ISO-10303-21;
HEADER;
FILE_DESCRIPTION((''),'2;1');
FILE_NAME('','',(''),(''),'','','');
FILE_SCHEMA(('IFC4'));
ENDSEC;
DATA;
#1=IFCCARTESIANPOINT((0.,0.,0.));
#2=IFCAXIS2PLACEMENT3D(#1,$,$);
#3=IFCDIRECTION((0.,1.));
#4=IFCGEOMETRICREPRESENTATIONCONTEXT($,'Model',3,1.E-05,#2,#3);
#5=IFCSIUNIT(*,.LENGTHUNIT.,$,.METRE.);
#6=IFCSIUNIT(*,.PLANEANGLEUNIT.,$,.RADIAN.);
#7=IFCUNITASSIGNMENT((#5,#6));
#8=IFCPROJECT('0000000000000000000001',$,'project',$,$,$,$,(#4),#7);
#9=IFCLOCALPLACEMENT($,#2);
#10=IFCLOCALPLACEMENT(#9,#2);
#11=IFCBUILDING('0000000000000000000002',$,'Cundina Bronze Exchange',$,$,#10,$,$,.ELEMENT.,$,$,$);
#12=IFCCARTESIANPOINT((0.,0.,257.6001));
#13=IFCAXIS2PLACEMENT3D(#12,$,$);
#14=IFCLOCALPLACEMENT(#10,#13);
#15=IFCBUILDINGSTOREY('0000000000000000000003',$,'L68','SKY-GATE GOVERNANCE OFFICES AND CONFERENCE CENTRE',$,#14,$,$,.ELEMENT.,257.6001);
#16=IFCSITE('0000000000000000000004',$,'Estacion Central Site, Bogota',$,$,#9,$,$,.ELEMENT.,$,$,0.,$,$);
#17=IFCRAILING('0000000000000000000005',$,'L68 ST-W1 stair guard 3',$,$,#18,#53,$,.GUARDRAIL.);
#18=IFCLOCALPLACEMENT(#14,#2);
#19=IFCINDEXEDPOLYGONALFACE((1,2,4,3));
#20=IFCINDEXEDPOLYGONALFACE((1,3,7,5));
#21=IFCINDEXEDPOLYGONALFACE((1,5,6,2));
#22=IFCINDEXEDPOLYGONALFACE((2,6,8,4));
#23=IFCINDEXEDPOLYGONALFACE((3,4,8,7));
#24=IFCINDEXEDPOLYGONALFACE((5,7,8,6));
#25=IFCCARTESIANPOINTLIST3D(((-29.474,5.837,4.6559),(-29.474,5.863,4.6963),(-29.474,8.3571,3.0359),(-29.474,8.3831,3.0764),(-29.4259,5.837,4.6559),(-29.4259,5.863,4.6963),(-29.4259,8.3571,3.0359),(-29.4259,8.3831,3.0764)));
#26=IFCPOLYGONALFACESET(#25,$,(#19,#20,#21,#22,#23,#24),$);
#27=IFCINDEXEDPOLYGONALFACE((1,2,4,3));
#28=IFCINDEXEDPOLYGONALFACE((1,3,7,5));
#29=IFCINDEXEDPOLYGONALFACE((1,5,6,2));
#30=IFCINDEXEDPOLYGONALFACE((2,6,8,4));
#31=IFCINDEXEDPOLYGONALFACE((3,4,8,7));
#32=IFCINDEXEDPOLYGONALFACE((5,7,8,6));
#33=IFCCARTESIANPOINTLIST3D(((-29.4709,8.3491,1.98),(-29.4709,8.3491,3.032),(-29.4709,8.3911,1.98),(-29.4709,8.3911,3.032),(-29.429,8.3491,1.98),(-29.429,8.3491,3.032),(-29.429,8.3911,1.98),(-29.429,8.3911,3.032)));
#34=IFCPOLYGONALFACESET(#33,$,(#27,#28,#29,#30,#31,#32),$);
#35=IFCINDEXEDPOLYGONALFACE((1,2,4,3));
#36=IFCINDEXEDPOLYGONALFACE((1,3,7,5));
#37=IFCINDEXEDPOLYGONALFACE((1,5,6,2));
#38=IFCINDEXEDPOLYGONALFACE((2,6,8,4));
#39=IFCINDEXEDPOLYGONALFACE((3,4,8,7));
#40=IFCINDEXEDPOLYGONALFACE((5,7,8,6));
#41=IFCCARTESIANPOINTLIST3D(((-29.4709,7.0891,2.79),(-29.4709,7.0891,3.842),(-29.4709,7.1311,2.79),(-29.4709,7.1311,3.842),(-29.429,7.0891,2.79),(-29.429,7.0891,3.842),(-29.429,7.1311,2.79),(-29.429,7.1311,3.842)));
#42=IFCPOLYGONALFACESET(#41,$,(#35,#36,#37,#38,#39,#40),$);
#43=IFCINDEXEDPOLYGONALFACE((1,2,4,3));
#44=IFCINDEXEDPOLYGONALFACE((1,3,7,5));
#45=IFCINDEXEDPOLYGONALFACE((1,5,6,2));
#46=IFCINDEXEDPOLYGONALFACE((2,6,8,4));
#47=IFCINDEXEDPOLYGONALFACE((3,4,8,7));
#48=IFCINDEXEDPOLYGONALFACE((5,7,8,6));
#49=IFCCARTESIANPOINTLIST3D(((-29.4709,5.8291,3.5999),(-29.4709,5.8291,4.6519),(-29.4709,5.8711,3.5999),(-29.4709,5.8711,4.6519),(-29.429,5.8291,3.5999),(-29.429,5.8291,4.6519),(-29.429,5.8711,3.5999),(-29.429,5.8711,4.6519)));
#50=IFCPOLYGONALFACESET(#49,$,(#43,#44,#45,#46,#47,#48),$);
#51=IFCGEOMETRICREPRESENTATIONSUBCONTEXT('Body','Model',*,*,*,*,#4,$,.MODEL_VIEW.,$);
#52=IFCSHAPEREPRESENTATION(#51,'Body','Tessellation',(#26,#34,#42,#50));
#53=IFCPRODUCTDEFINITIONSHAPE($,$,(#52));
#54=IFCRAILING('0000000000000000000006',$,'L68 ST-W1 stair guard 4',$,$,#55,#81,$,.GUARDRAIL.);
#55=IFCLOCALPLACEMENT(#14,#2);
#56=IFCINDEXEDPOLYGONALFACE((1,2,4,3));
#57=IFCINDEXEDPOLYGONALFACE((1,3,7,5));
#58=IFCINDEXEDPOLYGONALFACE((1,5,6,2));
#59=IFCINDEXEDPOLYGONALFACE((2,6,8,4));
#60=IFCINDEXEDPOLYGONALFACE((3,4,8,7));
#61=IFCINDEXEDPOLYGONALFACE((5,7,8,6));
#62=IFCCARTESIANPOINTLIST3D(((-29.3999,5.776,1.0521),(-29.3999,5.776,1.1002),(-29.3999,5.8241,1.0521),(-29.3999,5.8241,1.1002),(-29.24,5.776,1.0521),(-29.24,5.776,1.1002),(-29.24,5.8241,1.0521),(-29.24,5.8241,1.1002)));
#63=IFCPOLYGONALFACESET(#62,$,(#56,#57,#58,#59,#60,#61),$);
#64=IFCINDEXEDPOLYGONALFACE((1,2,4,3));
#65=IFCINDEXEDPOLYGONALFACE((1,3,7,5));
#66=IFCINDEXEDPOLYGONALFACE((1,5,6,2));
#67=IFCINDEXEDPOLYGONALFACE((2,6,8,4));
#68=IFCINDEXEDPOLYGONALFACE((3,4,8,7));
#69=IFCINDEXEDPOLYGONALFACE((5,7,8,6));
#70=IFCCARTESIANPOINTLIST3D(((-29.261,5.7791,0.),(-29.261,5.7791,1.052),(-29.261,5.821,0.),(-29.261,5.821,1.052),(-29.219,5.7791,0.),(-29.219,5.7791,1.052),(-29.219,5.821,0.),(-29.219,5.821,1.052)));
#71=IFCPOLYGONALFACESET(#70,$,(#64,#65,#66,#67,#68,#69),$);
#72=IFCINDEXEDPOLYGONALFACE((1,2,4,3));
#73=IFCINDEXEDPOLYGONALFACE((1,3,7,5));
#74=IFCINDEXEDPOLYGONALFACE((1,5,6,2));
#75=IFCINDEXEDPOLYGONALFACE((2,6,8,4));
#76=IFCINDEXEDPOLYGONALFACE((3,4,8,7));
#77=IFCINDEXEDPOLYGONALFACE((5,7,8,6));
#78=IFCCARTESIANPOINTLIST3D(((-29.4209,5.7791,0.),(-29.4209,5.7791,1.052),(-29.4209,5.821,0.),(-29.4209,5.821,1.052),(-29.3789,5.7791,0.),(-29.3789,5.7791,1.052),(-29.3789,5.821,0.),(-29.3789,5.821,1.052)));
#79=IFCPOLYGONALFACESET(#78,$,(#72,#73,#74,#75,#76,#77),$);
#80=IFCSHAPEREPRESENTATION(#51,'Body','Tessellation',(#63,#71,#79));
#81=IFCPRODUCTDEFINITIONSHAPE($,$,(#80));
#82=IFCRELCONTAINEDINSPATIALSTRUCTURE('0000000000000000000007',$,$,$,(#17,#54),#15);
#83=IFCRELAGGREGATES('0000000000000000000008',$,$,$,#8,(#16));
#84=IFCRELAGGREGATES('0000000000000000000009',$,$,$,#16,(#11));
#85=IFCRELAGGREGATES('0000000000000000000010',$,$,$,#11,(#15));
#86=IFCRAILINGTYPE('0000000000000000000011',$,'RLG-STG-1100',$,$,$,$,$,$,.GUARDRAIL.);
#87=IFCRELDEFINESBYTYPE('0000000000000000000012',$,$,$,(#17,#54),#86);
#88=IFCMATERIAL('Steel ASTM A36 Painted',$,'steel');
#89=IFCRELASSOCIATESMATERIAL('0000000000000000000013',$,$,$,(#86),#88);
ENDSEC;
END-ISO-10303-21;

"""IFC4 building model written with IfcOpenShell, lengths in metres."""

from ifc_helpers import new_model, si_unit, direction, frame, origin, origin_2d, place, context, subcontext, project, spatial, rectangle, extrude, material, type_object, element, save


model = new_model("IFC4")

# Units and contexts
model_context = context("Model", 3, precision=1e-05, world=origin(), true_north=direction((0.0, 1.0)))
body_context = subcontext(model_context, "Body", "Model", "MODEL_VIEW")
ifc_project = project(units=[si_unit("LENGTHUNIT", "METRE"), si_unit("PLANEANGLEUNIT", "RADIAN")], contexts=[model_context])

# Site, building, storey
site_placement = place(None, origin())
site = spatial("IfcSite", under=ifc_project, at=site_placement, Name="Estacion Central Site, Bogota", CompositionType="ELEMENT", RefElevation=0.0)
building_placement = place(site_placement, origin())
building = spatial("IfcBuilding", under=site, at=building_placement, Name="Cundina Bronze Exchange", CompositionType="ELEMENT")
storey_placement = place(building_placement, frame((0.0, 0.0, 257.6001)))
storey = spatial("IfcBuildingStorey", under=building, at=storey_placement, Name="L68", Description="SKY-GATE GOVERNANCE OFFICES AND CONFERENCE CENTRE", CompositionType="ELEMENT", Elevation=257.6001)

# Shared definitions
ifc_material_1 = material(Name="Steel ASTM A36 Painted", Category="steel")

# Railings
railing_type_1 = type_object("IfcRailingType", Name="RLG-STG-1100", PredefinedType="GUARDRAIL", material=ifc_material_1)
railing_1_placement = place(storey_placement, frame((-29.45, 8.3701, 1.98)))
element("IfcRailing", 1, at=railing_1_placement, inside=storey, type_object=railing_type_1, Name="L68 ST-W1 stair guard 3", PredefinedType="GUARDRAIL", context=body_context, shape_type="SweptSolid", body=[
    extrude(rectangle(XDim=0.0481, YDim=0.0481, at=origin_2d()), frame((0.0, 0.0, 1.0762), z_axis=(0.0, -0.8412, 0.540725), x_axis=(1.0, 0.0, 0.0)), (0.0, 0.0, 1.0), 2.9958),
    extrude(rectangle(XDim=0.042, YDim=0.042, at=origin_2d()), origin(), (0.0, 0.0, 1.0), 1.052),
    extrude(rectangle(XDim=0.042, YDim=0.042, at=origin_2d()), frame((0.0, -1.26, 0.8101)), (0.0, 0.0, 1.0), 1.052),
    extrude(rectangle(XDim=0.042, YDim=0.042, at=origin_2d()), frame((0.0, -2.52, 1.6199)), (0.0, 0.0, 1.0), 1.052),
])
railing_2_placement = place(storey_placement, frame((-29.24, 5.8, 0.0)))
element("IfcRailing", 2, at=railing_2_placement, inside=storey, type_object=railing_type_1, Name="L68 ST-W1 stair guard 4", PredefinedType="GUARDRAIL", context=body_context, shape_type="SweptSolid", body=[
    extrude(rectangle(XDim=0.0481, YDim=0.0481, at=origin_2d()), frame((0.0, 0.0, 1.0762), z_axis=(-1.0, 0.0, 0.0), x_axis=(0.0, -1.0, 0.0)), (0.0, 0.0, 1.0), 0.1599),
    extrude(rectangle(XDim=0.042, YDim=0.042, at=origin_2d()), origin(), (0.0, 0.0, 1.0), 1.052),
    extrude(rectangle(XDim=0.042, YDim=0.042, at=origin_2d()), frame((-0.1599, 0.0, 0.0)), (0.0, 0.0, 1.0), 1.052),
])

save(model, "model.ifc")
